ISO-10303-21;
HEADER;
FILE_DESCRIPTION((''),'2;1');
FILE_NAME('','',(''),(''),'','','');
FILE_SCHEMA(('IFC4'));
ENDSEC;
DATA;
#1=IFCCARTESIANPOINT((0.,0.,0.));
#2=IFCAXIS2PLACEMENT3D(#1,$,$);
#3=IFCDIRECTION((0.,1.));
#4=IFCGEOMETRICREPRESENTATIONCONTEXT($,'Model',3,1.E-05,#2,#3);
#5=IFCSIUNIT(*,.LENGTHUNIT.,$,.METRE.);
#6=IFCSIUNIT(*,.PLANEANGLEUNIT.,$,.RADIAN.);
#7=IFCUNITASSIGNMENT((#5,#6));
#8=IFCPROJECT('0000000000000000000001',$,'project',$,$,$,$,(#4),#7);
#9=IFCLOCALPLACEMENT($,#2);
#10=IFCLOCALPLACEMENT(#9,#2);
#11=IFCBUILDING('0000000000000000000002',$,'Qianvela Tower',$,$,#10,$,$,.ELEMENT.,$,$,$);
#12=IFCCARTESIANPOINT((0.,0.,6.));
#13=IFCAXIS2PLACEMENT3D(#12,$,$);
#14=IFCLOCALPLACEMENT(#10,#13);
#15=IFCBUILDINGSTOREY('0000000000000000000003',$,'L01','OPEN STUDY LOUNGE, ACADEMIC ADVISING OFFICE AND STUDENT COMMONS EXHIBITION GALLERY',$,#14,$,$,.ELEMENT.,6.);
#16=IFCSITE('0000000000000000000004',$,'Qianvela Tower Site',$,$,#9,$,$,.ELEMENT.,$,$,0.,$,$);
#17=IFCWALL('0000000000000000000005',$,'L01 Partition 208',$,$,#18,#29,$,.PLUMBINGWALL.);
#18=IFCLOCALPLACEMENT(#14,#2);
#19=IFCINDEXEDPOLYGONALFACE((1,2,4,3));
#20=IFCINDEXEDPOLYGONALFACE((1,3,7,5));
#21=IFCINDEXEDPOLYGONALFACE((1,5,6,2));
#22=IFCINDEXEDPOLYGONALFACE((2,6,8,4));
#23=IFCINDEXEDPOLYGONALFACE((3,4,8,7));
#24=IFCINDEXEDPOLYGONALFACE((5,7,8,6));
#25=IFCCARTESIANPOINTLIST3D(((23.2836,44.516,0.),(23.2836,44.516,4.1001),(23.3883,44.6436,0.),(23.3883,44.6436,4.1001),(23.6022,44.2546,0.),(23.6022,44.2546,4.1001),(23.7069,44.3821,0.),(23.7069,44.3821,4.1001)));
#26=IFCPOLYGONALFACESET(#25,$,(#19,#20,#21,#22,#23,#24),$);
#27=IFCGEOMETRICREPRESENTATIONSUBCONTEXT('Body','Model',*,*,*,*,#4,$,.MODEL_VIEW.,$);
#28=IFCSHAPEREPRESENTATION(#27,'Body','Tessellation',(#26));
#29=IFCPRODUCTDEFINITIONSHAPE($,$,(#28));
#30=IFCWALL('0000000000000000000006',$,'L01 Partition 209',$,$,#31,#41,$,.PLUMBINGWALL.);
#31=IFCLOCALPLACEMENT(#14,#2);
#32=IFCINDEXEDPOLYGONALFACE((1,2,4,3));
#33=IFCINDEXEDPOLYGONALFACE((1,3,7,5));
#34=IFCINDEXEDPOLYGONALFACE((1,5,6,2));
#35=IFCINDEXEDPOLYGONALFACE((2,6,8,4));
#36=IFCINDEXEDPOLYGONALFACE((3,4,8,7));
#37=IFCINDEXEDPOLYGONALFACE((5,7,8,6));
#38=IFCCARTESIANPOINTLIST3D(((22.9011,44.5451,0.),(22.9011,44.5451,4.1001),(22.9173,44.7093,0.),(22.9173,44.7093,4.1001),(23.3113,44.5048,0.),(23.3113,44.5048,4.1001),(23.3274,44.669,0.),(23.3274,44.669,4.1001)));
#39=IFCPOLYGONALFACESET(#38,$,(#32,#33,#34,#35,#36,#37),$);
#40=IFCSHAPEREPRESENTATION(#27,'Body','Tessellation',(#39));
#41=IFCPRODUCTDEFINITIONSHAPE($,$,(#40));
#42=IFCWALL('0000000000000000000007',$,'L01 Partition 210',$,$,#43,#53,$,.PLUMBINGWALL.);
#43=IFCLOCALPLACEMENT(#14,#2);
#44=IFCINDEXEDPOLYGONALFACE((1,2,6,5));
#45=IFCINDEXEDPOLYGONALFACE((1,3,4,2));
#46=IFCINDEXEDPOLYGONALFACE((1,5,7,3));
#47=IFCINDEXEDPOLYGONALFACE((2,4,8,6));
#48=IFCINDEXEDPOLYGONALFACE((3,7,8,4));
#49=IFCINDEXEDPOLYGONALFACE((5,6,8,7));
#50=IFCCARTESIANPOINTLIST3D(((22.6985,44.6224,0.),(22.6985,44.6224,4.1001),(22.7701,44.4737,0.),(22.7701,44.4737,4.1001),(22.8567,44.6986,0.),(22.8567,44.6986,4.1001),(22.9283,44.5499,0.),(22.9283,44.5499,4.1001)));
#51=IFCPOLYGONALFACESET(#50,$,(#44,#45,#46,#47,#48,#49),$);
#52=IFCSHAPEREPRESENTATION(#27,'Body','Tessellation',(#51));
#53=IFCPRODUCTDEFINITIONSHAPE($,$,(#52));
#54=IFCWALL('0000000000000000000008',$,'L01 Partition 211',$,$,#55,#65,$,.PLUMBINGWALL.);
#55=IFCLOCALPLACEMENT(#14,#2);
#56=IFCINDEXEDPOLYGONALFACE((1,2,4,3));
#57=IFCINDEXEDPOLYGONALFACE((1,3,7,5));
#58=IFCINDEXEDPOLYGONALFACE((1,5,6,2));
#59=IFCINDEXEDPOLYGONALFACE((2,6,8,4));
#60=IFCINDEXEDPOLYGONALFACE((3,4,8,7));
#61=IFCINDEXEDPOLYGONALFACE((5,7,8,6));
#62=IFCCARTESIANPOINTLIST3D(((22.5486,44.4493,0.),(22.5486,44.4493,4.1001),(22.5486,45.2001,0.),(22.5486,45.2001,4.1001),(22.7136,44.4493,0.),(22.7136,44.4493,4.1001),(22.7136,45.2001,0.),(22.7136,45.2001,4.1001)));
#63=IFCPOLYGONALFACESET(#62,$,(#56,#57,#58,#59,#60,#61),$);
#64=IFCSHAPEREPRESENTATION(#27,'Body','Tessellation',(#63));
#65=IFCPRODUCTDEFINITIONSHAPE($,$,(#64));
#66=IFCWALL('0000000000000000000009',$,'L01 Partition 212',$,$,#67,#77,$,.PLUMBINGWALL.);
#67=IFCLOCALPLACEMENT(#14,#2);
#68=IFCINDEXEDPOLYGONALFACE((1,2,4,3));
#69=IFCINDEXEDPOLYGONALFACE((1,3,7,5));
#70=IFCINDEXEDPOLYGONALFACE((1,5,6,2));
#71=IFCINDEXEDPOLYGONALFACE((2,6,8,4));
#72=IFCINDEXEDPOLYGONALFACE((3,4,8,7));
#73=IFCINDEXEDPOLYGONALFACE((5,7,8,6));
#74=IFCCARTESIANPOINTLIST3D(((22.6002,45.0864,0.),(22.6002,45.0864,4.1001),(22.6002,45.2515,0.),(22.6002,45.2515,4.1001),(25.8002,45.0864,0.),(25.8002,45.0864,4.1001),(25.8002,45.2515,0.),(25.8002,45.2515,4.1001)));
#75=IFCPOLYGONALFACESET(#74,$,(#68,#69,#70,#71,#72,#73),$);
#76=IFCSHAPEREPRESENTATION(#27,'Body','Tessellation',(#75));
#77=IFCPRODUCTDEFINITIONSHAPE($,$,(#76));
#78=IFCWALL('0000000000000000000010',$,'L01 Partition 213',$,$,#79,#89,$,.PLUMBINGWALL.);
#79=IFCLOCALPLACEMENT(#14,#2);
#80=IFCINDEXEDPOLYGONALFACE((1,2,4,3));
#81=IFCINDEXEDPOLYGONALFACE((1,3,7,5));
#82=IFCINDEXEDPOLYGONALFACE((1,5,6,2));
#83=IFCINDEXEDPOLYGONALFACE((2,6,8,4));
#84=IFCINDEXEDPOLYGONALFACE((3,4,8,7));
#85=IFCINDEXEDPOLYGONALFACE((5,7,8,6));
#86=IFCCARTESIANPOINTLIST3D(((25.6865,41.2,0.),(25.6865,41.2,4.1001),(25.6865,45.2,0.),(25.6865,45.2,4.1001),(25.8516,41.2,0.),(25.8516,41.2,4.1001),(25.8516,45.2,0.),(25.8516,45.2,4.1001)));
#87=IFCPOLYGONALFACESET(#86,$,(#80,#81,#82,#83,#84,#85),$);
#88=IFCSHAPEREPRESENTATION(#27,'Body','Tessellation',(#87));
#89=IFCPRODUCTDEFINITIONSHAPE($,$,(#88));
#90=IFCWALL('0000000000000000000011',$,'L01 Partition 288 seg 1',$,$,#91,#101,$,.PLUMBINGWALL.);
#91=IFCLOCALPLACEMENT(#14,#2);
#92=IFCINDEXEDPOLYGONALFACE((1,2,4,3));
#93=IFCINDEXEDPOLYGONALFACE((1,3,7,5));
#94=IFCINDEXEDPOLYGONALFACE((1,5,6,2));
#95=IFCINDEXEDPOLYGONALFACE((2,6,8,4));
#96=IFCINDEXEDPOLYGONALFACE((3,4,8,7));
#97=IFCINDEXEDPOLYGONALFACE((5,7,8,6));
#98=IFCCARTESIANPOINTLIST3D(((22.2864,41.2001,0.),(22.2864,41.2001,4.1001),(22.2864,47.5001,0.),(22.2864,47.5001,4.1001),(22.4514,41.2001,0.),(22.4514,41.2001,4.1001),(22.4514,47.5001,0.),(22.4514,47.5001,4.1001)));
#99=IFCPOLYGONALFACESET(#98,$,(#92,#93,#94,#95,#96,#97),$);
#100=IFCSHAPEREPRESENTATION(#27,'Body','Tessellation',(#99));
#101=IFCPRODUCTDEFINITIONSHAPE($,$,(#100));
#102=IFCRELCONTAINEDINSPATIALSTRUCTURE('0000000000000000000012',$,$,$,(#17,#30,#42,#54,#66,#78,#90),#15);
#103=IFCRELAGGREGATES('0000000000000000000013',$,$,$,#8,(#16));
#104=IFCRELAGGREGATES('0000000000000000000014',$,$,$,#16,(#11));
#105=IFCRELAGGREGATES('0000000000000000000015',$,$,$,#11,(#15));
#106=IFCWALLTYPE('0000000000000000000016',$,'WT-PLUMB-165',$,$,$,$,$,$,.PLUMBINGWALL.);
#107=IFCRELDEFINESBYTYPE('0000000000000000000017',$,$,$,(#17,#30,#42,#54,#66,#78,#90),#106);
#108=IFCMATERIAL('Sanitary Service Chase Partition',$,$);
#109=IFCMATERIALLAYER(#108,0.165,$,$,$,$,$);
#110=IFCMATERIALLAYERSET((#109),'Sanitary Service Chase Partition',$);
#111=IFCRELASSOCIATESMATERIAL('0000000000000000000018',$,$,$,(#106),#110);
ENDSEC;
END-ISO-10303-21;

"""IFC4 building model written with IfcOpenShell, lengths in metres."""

from ifc_helpers import new_model, si_unit, direction, frame, frame_2d, origin, place, context, subcontext, project, spatial, rectangle, extrude, material, layer, layer_set, type_object, element, save


model = new_model("IFC4")

# Units and contexts
model_context = context("Model", 3, precision=1e-05, world=origin(), true_north=direction((0.0, 1.0)))
body_context = subcontext(model_context, "Body", "Model", "MODEL_VIEW")
ifc_project = project(units=[si_unit("LENGTHUNIT", "METRE"), si_unit("PLANEANGLEUNIT", "RADIAN")], contexts=[model_context])

# Site, building, storey
site_placement = place(None, origin())
site = spatial("IfcSite", under=ifc_project, at=site_placement, Name="Qianvela Tower Site", CompositionType="ELEMENT", RefElevation=0.0)
building_placement = place(site_placement, origin())
building = spatial("IfcBuilding", under=site, at=building_placement, Name="Qianvela Tower", CompositionType="ELEMENT")
storey_placement = place(building_placement, frame((0.0, 0.0, 6.0)))
storey = spatial("IfcBuildingStorey", under=building, at=storey_placement, Name="L01", Description="OPEN STUDY LOUNGE, ACADEMIC ADVISING OFFICE AND STUDENT COMMONS EXHIBITION GALLERY", CompositionType="ELEMENT", Elevation=6.0)

# Walls
ifc_material_1 = material(Name="Sanitary Service Chase Partition")
ifc_layer_1 = layer(ifc_material_1, 0.165)
ifc_layer_set_1 = layer_set([ifc_layer_1], Name="Sanitary Service Chase Partition")
wall_type_1 = type_object("IfcWallType", Name="WT-PLUMB-165", PredefinedType="PLUMBINGWALL", material=ifc_layer_set_1)
for number, where, z_axis, x_axis, name in (
    (1, (23.6545, 44.3184, 0.0), (0.0, 0.0, 1.0), (-0.773006, 0.634398, 0.0), "L01 Partition 208"),
    (2, (23.3193, 44.5869, 0.0), (0.0, 0.0, 1.0), (-0.995212, 0.097744, 0.0), "L01 Partition 209"),
):
    element("IfcWall", number, at=place(storey_placement, frame(where, z_axis=z_axis, x_axis=x_axis)), inside=storey, type_object=wall_type_1, Name=name, PredefinedType="PLUMBINGWALL", context=body_context, shape_type="SweptSolid", body=[
        extrude(rectangle(XDim=0.4121, YDim=0.165, at=frame_2d((0.2061, 0.0))), origin(), (0.0, 0.0, 1.0), 4.1001),
    ])
wall_1_placement = place(storey_placement, frame((22.8926, 44.6243, 0.0), z_axis=(0.0, 0.0, 1.0), x_axis=(-0.901002, -0.433816, 0.0)))
element("IfcWall", 3, at=wall_1_placement, inside=storey, type_object=wall_type_1, Name="L01 Partition 210", PredefinedType="PLUMBINGWALL", context=body_context, shape_type="SweptSolid", body=[
    extrude(rectangle(XDim=0.1755, YDim=0.165, at=frame_2d((0.0879, 0.0))), origin(), (0.0, 0.0, 1.0), 4.1001),
])
wall_2_placement = place(storey_placement, frame((22.6311, 44.4492, 0.0), z_axis=(0.0, 0.0, 1.0), x_axis=(0.0, 1.0, 0.0)))
element("IfcWall", 4, at=wall_2_placement, inside=storey, type_object=wall_type_1, Name="L01 Partition 211", PredefinedType="PLUMBINGWALL", context=body_context, shape_type="SweptSolid", body=[
    extrude(rectangle(XDim=0.7507, YDim=0.165, at=frame_2d((0.3755, 0.0))), origin(), (0.0, 0.0, 1.0), 4.1001),
])
wall_3_placement = place(storey_placement, frame((22.6001, 45.1689, 0.0), z_axis=(0.0, 0.0, 1.0), x_axis=(1.0, 0.0, 0.0)))
element("IfcWall", 5, at=wall_3_placement, inside=storey, type_object=wall_type_1, Name="L01 Partition 212", PredefinedType="PLUMBINGWALL", context=body_context, shape_type="SweptSolid", body=[
    extrude(rectangle(XDim=3.2, YDim=0.165, at=frame_2d((1.6001, 0.0))), origin(), (0.0, 0.0, 1.0), 4.1001),
])
wall_4_placement = place(storey_placement, frame((25.769, 45.2, 0.0), z_axis=(0.0, 0.0, 1.0), x_axis=(0.0, -1.0, 0.0)))
element("IfcWall", 6, at=wall_4_placement, inside=storey, type_object=wall_type_1, Name="L01 Partition 213", PredefinedType="PLUMBINGWALL", context=body_context, shape_type="SweptSolid", body=[
    extrude(rectangle(XDim=4.0, YDim=0.165, at=frame_2d((2.0, 0.0))), origin(), (0.0, 0.0, 1.0), 4.1001),
])
wall_5_placement = place(storey_placement, frame((22.3689, 47.5, 0.0), z_axis=(0.0, 0.0, 1.0), x_axis=(0.0, -1.0, 0.0)))
element("IfcWall", 7, at=wall_5_placement, inside=storey, type_object=wall_type_1, Name="L01 Partition 288 seg 1", PredefinedType="PLUMBINGWALL", context=body_context, shape_type="SweptSolid", body=[
    extrude(rectangle(XDim=6.3, YDim=0.165, at=frame_2d((3.1499, 0.0))), origin(), (0.0, 0.0, 1.0), 4.1001),
])

save(model, "model.ifc")
